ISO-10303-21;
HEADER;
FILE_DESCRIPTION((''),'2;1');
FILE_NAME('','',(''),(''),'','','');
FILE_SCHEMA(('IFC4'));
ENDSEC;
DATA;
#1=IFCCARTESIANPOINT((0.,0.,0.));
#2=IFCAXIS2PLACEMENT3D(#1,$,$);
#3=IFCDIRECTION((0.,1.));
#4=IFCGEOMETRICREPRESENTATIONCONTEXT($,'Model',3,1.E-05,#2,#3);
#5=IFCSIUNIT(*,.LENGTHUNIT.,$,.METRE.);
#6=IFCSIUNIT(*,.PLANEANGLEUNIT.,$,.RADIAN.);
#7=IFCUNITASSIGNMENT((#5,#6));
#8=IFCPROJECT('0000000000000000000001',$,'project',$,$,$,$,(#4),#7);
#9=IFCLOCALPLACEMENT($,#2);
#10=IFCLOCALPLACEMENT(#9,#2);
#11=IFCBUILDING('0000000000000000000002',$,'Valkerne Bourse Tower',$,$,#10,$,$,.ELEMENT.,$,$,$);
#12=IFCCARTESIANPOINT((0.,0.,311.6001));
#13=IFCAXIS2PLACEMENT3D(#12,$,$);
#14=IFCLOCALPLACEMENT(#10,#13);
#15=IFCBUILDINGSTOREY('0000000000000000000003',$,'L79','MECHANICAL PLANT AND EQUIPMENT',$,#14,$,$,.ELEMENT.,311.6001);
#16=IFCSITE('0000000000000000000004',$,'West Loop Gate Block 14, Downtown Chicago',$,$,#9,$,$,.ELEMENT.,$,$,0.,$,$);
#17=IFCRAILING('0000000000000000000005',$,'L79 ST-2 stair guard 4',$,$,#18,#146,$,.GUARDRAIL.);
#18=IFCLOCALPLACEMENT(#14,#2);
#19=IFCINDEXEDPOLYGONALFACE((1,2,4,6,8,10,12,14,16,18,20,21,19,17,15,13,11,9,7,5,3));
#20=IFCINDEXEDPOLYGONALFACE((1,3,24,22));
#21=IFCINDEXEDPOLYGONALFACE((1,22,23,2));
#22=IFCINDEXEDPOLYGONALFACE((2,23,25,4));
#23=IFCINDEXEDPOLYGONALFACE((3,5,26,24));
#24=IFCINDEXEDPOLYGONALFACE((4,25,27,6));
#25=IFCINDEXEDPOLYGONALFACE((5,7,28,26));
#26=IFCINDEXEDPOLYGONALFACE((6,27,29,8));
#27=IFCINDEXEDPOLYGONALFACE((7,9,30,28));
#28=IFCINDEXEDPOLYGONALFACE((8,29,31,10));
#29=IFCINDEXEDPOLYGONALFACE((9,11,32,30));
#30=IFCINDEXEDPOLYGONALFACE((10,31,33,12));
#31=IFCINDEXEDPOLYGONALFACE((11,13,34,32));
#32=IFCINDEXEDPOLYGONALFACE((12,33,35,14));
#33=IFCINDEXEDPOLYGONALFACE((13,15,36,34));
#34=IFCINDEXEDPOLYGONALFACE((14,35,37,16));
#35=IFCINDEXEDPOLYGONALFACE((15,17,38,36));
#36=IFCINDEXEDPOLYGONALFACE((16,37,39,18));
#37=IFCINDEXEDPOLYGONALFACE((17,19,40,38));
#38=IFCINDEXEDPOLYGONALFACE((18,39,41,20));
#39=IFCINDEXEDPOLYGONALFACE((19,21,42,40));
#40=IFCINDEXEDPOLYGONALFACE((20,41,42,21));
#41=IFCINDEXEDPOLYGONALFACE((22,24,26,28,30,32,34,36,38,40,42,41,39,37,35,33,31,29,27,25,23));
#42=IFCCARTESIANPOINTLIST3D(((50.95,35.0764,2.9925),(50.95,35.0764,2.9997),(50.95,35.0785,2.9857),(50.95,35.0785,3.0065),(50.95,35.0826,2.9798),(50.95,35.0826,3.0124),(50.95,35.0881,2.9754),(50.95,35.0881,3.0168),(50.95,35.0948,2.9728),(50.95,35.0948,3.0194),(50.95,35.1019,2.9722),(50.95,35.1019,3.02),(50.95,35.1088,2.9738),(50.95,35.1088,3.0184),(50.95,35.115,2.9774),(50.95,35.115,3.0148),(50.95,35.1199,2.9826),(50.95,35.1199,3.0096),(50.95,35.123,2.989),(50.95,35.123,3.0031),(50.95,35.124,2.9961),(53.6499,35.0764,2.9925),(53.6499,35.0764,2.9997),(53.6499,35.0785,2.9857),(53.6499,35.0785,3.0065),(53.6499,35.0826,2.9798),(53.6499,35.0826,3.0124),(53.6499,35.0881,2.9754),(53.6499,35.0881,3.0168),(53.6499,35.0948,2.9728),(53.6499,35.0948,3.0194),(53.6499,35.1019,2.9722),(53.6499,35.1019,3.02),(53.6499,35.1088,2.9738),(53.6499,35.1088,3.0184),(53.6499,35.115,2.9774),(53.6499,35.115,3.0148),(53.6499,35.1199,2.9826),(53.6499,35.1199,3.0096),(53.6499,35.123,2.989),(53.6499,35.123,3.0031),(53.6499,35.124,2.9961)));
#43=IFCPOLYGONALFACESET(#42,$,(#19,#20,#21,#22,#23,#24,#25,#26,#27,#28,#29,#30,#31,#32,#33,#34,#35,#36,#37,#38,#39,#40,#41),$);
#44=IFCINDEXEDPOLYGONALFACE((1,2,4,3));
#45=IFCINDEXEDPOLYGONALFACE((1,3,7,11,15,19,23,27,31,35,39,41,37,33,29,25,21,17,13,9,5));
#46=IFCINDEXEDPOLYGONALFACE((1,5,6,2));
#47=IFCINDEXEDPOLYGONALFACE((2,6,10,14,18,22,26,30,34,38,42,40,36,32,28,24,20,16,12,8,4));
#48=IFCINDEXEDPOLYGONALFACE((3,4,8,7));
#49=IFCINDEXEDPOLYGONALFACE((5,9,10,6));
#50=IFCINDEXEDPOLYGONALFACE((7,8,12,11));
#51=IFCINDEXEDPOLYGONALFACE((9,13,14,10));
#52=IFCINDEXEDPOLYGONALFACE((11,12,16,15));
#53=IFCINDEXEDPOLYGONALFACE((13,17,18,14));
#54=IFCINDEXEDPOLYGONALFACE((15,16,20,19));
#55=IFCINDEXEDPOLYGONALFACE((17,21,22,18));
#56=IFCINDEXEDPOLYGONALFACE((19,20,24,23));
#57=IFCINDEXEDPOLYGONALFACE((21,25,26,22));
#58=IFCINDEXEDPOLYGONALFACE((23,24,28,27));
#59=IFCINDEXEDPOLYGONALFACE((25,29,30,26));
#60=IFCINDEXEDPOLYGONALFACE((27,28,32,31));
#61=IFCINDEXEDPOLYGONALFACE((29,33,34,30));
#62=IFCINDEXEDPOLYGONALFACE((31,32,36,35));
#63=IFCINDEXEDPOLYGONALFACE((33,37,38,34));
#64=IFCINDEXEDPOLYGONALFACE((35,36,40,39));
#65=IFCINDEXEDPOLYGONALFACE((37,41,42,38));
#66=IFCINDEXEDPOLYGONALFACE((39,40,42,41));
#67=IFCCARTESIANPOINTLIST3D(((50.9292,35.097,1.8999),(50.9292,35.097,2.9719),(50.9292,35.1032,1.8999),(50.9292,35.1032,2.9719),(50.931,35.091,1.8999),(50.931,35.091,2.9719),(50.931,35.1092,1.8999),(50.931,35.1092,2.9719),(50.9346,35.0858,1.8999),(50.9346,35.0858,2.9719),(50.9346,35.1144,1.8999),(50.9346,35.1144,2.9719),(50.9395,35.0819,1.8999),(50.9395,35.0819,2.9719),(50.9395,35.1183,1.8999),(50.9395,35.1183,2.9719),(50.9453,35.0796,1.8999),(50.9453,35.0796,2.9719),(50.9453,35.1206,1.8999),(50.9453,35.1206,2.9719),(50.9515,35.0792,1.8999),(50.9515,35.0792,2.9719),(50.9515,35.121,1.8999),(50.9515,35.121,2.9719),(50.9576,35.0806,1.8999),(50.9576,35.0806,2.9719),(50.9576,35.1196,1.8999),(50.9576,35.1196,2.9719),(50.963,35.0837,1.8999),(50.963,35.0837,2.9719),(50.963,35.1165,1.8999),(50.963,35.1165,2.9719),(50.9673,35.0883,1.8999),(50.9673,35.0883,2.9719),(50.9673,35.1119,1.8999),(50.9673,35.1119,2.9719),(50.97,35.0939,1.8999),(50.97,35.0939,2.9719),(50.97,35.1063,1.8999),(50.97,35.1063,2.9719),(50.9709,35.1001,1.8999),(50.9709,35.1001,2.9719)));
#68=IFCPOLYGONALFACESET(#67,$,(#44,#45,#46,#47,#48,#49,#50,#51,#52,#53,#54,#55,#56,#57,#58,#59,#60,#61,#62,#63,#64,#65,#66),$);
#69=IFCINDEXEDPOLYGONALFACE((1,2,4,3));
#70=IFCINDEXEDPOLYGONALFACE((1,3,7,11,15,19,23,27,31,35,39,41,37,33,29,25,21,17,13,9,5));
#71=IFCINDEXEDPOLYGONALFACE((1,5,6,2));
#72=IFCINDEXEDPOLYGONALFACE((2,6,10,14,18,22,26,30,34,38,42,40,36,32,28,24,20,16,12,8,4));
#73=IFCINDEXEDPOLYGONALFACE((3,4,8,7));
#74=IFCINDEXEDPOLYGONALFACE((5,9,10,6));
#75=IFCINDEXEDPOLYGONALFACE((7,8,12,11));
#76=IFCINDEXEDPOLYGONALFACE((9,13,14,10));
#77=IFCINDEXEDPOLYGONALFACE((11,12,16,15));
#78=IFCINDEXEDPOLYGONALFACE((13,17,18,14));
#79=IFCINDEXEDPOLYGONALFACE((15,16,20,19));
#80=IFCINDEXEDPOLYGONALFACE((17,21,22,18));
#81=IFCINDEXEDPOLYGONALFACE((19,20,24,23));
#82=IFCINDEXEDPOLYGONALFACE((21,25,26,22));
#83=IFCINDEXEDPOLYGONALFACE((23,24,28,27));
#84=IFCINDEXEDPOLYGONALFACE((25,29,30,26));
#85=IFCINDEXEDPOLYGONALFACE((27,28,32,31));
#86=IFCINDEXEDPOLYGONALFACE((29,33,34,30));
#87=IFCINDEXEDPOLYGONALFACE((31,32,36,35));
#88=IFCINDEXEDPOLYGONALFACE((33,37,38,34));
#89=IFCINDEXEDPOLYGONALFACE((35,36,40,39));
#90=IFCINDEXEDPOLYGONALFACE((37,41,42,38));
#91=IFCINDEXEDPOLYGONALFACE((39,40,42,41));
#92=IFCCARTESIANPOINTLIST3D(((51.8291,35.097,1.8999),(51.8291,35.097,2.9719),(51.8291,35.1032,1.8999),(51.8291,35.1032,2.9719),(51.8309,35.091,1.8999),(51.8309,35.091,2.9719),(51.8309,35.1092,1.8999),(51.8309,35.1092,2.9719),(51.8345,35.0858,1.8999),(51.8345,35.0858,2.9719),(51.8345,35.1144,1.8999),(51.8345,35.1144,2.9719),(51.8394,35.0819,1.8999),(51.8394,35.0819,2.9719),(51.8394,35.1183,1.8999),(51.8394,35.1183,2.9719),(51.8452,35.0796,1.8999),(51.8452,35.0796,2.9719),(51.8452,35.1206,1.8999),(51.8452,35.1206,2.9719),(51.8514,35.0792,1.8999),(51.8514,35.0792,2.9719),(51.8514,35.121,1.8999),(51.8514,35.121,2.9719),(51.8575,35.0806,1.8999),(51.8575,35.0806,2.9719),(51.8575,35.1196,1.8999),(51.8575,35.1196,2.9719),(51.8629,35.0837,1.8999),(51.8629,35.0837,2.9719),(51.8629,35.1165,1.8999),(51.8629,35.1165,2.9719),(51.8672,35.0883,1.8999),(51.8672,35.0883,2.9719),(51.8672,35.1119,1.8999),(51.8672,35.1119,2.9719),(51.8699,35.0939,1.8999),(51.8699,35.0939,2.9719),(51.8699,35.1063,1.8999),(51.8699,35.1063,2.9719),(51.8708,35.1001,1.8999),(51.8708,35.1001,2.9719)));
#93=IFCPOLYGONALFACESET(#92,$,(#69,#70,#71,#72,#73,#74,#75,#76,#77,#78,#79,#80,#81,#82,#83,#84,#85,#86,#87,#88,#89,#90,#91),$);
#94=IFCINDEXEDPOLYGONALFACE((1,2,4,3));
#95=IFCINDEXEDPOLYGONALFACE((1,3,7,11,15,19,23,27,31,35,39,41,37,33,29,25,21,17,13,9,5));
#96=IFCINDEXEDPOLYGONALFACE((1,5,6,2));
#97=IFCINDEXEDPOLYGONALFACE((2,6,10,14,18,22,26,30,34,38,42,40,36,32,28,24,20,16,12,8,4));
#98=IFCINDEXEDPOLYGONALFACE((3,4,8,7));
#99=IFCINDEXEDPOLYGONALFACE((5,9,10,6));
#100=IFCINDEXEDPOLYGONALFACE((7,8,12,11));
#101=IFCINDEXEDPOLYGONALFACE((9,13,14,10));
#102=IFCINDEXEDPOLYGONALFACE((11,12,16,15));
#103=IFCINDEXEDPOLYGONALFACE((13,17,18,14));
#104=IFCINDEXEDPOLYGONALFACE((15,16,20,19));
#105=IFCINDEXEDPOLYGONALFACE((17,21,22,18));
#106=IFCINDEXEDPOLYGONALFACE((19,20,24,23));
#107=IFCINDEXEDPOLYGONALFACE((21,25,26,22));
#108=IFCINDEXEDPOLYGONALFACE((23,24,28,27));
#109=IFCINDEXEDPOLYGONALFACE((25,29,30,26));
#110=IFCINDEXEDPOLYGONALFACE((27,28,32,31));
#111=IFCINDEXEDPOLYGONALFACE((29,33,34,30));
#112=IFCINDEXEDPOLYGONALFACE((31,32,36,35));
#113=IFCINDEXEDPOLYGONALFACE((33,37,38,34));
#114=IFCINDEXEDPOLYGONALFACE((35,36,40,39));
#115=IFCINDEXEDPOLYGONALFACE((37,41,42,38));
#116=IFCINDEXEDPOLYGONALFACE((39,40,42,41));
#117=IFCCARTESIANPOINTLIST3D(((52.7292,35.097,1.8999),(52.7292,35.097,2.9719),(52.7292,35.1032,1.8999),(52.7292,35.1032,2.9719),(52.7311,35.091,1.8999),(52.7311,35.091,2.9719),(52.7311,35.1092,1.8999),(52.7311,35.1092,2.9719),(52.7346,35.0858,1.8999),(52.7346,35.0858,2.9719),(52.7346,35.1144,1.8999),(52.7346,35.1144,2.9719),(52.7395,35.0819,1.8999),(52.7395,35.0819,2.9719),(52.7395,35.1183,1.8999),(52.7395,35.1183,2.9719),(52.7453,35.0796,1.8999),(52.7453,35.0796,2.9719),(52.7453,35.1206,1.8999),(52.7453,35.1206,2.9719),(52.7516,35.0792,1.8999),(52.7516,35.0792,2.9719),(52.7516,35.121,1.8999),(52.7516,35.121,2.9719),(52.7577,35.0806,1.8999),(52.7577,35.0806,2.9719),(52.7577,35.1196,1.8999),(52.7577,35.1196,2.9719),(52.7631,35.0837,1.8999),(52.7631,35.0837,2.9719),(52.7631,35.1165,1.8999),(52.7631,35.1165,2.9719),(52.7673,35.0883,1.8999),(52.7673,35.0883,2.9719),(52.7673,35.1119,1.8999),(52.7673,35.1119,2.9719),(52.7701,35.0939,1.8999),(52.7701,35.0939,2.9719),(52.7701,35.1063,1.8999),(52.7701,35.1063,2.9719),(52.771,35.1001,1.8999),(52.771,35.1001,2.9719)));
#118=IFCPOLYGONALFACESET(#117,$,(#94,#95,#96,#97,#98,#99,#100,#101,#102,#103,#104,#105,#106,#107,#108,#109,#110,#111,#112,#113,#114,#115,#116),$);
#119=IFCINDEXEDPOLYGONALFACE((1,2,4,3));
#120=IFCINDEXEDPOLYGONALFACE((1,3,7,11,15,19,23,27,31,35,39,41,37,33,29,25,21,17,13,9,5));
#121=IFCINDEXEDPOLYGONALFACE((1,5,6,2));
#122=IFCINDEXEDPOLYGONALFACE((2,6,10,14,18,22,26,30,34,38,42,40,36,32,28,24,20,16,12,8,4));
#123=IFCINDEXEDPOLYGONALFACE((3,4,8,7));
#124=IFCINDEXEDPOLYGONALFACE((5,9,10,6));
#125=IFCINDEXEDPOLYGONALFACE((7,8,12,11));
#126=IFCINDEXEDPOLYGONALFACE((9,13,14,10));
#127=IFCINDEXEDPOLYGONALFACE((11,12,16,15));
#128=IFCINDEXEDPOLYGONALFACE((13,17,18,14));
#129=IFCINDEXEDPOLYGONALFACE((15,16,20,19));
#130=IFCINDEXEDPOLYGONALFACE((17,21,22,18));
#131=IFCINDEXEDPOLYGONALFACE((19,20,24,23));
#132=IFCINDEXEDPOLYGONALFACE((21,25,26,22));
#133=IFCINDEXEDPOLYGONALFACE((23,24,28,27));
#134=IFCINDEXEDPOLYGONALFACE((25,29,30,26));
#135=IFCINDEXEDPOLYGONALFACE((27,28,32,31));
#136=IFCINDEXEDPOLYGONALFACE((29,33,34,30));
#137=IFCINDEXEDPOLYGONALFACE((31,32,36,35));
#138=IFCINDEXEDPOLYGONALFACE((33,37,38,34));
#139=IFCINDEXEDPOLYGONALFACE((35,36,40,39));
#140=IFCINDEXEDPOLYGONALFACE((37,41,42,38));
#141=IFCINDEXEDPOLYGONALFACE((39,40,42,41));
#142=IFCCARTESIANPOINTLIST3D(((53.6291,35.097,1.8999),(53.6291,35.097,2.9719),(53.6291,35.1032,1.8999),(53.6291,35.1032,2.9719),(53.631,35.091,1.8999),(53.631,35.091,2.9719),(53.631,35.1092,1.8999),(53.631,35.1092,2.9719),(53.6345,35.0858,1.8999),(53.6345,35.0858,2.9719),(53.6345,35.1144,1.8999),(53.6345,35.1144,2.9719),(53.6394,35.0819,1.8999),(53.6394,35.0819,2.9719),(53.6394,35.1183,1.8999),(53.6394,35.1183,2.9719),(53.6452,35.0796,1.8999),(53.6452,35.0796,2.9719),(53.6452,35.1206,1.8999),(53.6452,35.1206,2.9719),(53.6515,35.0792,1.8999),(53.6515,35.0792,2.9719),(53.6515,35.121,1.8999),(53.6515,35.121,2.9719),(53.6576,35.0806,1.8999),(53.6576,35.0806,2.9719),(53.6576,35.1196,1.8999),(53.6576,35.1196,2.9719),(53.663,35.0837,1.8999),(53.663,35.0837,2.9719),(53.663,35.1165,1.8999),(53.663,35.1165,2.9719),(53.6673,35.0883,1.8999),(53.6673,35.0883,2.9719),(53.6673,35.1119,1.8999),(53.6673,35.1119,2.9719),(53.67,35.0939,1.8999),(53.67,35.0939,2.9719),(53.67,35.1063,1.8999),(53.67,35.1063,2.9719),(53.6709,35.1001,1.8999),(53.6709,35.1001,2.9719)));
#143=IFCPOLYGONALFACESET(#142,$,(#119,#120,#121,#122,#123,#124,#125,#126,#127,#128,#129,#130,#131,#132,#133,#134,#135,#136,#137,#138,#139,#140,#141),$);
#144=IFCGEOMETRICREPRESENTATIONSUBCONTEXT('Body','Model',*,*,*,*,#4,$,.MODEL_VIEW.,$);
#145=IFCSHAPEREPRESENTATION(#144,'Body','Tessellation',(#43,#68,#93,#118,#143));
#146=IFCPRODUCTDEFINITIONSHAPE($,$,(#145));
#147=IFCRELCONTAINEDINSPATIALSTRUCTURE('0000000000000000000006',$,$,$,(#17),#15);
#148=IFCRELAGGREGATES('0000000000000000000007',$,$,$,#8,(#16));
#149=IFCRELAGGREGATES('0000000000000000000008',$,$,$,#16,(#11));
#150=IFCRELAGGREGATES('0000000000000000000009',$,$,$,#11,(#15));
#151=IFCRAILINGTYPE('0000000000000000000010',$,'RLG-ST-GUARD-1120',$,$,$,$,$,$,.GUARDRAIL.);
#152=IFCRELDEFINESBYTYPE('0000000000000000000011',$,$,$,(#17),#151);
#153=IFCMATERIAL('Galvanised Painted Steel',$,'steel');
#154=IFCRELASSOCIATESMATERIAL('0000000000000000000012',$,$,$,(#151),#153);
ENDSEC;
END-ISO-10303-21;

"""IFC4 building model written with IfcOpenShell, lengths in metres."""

from ifc_helpers import new_model, si_unit, direction, frame, origin, origin_2d, place, context, subcontext, project, spatial, circle, extrude, material, type_object, element, save


model = new_model("IFC4")

# Units and contexts
model_context = context("Model", 3, precision=1e-05, world=origin(), true_north=direction((0.0, 1.0)))
body_context = subcontext(model_context, "Body", "Model", "MODEL_VIEW")
ifc_project = project(units=[si_unit("LENGTHUNIT", "METRE"), si_unit("PLANEANGLEUNIT", "RADIAN")], contexts=[model_context])

# Site, building, storey
site_placement = place(None, origin())
site = spatial("IfcSite", under=ifc_project, at=site_placement, Name="West Loop Gate Block 14, Downtown Chicago", CompositionType="ELEMENT", RefElevation=0.0)
building_placement = place(site_placement, origin())
building = spatial("IfcBuilding", under=site, at=building_placement, Name="Valkerne Bourse Tower", CompositionType="ELEMENT")
storey_placement = place(building_placement, frame((0.0, 0.0, 311.6001)))
storey = spatial("IfcBuildingStorey", under=building, at=storey_placement, Name="L79", Description="MECHANICAL PLANT AND EQUIPMENT", CompositionType="ELEMENT", Elevation=311.6001)

# Railing
ifc_material_1 = material(Name="Galvanised Painted Steel", Category="steel")
railing_type_1 = type_object("IfcRailingType", Name="RLG-ST-GUARD-1120", PredefinedType="GUARDRAIL", material=ifc_material_1)
railing_1_placement = place(storey_placement, frame((50.95, 35.1001, 1.8999)))
element("IfcRailing", 1, at=railing_1_placement, inside=storey, type_object=railing_type_1, Name="L79 ST-2 stair guard 4", PredefinedType="GUARDRAIL", context=body_context, shape_type="SweptSolid", body=[
    extrude(circle(Radius=0.0239, at=origin_2d()), frame((0.0, 0.0, 1.0962), z_axis=(1.0, 0.0, 0.0), x_axis=(0.0, 1.0, 0.0)), (0.0, 0.0, 1.0), 2.7),
    extrude(circle(Radius=0.021, at=origin_2d()), origin(), (0.0, 0.0, 1.0), 1.072),
    extrude(circle(Radius=0.021, at=origin_2d()), frame((0.8999, 0.0, 0.0)), (0.0, 0.0, 1.0), 1.072),
    extrude(circle(Radius=0.021, at=origin_2d()), frame((1.8, 0.0, 0.0)), (0.0, 0.0, 1.0), 1.072),
    extrude(circle(Radius=0.021, at=origin_2d()), frame((2.7, 0.0, 0.0)), (0.0, 0.0, 1.0), 1.072),
])

save(model, "model.ifc")
